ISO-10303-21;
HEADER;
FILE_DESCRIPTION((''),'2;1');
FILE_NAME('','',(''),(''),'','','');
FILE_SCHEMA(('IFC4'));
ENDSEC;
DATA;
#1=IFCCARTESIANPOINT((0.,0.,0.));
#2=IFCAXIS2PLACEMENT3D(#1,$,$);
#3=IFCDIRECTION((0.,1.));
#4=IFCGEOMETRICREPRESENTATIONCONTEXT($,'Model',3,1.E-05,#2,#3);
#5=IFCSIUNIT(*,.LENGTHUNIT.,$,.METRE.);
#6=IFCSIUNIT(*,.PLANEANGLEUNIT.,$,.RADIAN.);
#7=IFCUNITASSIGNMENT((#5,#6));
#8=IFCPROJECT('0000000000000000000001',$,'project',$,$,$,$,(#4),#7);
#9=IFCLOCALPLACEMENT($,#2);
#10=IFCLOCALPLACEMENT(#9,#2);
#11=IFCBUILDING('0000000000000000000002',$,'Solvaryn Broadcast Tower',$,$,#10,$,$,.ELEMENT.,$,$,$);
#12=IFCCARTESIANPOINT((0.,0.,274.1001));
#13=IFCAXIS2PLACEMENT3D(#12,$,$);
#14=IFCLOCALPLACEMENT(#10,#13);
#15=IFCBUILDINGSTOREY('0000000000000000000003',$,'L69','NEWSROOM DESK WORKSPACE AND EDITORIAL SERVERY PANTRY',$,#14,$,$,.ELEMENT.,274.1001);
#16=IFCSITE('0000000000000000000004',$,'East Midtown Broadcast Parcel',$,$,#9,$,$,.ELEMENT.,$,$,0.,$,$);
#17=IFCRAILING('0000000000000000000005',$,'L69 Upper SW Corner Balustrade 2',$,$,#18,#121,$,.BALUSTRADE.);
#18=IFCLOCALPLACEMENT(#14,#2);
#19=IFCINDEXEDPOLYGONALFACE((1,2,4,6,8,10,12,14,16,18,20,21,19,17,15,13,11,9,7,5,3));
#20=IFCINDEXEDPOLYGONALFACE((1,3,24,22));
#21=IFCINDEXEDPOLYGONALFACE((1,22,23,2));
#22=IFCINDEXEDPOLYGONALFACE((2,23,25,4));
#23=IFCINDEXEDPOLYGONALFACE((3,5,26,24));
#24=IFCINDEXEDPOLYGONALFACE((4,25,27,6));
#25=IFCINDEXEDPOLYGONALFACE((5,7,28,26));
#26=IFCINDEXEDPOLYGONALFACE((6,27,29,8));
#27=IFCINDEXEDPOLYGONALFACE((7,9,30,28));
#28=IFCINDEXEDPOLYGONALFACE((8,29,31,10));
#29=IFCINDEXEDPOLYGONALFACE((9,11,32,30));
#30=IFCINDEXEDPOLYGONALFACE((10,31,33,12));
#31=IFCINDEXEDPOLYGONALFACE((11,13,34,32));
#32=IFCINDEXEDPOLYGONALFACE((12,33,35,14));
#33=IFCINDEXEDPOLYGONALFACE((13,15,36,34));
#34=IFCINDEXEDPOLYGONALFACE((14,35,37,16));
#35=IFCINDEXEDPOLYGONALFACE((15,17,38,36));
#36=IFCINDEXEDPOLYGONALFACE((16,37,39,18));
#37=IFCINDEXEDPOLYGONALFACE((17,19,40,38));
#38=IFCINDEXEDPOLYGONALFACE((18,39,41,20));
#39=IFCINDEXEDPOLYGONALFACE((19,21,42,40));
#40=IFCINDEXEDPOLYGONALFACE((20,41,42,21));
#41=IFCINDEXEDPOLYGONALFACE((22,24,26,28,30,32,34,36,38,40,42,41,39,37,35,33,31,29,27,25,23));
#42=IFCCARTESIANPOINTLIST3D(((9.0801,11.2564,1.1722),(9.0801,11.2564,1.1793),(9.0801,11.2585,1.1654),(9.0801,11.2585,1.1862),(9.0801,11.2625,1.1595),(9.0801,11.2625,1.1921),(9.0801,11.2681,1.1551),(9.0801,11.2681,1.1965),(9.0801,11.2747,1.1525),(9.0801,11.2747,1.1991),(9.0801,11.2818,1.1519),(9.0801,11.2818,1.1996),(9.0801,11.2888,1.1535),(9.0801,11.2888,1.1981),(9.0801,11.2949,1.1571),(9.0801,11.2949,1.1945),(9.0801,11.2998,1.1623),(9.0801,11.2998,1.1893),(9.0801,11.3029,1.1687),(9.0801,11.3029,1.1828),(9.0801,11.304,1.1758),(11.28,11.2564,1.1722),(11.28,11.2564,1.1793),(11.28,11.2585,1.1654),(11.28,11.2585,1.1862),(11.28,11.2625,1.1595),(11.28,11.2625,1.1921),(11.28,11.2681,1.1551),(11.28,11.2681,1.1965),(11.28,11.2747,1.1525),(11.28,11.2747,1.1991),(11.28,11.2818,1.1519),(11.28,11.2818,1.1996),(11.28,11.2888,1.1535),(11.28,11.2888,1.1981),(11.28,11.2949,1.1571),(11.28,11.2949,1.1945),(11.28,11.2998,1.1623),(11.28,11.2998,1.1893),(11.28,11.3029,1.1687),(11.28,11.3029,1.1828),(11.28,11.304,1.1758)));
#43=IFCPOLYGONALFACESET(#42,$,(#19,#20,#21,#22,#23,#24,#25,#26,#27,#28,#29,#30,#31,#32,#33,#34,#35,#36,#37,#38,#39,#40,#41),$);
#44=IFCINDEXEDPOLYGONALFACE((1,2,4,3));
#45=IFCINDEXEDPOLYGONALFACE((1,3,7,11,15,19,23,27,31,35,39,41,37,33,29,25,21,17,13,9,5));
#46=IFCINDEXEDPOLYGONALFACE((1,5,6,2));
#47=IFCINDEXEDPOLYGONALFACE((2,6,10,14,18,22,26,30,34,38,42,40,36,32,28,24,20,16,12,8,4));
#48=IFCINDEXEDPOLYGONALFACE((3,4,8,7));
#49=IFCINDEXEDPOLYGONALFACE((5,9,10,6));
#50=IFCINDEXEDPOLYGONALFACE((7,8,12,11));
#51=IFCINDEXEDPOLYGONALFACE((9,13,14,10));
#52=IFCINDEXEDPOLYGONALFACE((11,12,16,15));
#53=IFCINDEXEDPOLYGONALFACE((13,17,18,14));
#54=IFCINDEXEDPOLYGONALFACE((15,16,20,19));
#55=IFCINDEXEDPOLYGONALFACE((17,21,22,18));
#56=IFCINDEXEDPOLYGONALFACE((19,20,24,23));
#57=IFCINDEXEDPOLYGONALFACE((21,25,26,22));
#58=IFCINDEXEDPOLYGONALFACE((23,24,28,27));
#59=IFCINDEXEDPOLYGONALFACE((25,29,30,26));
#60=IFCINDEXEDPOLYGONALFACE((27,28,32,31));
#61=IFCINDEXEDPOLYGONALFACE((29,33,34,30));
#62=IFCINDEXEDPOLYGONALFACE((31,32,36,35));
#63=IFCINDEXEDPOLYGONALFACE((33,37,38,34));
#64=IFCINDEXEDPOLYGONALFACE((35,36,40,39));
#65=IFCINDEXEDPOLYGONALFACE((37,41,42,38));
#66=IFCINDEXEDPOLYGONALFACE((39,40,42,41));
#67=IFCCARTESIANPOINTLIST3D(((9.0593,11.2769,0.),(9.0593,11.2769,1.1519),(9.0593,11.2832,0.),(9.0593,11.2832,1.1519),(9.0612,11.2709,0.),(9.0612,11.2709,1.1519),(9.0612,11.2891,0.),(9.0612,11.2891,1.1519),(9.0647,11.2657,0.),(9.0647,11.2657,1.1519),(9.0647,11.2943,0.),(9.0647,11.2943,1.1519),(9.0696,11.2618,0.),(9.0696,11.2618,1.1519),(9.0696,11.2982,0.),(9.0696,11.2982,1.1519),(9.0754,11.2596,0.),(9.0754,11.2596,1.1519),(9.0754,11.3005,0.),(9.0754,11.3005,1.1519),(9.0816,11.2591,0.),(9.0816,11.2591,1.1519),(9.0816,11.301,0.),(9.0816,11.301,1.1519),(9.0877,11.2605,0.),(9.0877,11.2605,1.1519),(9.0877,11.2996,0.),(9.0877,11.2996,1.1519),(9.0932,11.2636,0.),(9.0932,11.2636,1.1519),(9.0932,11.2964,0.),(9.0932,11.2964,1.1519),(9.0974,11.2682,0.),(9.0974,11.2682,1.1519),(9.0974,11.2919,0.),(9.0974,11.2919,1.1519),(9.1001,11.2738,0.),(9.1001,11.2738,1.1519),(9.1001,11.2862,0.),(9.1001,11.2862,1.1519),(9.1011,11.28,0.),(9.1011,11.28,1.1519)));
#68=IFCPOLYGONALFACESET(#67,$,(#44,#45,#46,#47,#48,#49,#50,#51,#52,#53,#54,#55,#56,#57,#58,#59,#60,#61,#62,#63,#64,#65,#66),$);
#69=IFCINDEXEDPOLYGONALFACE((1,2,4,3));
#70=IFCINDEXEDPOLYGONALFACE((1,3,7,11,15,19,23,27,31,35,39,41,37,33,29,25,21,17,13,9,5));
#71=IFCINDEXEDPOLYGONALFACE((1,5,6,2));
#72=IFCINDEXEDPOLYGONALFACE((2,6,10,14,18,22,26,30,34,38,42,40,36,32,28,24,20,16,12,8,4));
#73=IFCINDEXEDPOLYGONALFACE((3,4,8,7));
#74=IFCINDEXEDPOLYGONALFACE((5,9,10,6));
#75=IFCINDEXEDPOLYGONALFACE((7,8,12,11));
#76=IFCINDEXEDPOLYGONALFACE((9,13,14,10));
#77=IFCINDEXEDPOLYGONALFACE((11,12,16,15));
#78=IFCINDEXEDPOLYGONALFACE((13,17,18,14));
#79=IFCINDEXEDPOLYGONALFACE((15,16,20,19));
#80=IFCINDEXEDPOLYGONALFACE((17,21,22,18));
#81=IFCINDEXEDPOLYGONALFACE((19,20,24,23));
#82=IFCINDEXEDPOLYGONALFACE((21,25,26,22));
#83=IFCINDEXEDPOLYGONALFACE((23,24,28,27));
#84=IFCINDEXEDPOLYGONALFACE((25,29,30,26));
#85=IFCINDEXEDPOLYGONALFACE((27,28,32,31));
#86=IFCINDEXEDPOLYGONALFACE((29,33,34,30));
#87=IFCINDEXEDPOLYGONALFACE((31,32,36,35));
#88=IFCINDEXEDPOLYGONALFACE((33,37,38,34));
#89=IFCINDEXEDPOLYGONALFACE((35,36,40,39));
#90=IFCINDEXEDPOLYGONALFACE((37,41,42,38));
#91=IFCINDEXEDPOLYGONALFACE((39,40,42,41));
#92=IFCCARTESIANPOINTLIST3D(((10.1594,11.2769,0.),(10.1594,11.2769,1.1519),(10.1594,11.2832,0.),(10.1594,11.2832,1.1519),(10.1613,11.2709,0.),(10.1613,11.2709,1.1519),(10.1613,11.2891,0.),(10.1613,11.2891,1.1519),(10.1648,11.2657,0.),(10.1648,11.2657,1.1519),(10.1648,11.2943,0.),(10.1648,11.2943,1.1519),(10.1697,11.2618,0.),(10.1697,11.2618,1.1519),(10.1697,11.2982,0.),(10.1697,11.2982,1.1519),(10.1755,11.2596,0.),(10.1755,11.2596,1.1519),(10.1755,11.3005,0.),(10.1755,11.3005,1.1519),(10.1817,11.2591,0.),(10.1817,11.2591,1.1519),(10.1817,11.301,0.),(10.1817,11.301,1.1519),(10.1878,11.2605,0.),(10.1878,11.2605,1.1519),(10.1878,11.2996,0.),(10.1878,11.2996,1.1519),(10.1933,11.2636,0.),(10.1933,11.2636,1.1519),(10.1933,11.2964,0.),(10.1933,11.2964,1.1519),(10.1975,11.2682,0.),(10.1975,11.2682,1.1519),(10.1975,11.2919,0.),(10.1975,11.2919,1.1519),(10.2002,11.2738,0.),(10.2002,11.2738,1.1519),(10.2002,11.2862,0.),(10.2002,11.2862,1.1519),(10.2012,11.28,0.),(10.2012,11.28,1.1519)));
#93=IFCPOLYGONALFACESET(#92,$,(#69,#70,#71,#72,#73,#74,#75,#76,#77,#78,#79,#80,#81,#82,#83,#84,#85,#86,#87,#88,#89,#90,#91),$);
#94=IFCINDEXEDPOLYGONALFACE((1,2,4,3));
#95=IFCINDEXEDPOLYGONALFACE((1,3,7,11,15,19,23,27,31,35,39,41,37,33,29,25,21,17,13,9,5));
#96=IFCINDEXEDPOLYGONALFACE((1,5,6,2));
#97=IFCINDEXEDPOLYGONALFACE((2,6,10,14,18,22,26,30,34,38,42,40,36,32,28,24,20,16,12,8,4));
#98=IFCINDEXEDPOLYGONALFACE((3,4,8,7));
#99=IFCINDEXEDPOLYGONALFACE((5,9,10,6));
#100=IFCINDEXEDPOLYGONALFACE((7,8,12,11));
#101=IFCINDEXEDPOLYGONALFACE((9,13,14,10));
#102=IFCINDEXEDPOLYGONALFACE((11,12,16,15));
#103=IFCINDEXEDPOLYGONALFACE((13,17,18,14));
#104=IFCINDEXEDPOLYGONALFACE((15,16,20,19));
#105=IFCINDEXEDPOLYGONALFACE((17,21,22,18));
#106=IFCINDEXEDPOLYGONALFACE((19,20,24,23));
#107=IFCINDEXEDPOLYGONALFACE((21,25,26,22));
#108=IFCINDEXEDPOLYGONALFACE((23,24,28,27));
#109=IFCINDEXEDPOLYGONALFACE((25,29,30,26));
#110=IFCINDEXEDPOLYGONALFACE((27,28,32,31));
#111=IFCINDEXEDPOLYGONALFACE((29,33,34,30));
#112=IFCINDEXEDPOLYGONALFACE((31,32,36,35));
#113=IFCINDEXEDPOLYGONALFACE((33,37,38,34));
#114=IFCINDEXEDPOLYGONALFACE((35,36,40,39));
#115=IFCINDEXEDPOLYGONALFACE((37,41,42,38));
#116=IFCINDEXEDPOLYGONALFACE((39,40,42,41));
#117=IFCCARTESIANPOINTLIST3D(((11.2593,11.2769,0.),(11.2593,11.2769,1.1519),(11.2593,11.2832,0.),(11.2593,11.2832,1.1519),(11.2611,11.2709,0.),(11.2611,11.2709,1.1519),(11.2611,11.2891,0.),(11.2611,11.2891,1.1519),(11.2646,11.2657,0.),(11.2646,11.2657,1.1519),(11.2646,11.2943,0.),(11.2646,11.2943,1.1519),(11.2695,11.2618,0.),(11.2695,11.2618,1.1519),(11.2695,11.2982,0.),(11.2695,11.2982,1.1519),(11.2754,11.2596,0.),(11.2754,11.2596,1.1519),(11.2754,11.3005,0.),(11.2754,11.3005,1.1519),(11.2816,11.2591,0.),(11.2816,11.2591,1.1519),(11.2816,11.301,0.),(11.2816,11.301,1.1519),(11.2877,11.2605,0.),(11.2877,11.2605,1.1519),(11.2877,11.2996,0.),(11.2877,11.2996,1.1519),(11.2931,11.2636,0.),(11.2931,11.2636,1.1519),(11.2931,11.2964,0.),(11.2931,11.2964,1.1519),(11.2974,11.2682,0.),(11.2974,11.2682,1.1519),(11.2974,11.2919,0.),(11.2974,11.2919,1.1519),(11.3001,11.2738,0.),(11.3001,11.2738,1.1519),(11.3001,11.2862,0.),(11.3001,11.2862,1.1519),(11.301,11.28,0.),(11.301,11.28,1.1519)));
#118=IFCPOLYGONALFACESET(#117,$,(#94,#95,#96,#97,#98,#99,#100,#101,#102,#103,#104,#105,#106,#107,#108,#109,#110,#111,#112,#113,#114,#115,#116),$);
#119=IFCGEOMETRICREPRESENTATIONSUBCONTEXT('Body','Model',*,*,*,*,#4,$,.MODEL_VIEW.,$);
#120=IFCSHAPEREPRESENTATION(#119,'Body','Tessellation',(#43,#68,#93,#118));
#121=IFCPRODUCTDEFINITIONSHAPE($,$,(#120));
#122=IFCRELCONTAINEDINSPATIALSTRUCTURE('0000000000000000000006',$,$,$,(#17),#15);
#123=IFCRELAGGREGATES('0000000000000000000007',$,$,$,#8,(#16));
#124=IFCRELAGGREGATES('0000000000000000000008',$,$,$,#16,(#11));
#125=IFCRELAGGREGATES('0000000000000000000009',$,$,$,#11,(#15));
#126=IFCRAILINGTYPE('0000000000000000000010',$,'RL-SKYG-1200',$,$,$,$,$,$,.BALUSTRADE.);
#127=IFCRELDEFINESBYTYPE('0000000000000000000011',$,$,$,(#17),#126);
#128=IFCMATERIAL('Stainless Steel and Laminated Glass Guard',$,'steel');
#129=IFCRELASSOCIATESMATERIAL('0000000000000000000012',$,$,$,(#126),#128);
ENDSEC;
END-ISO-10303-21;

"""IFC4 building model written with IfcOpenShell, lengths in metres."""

from ifc_helpers import new_model, si_unit, direction, frame, origin, origin_2d, place, context, subcontext, project, spatial, circle, extrude, material, type_object, element, save


model = new_model("IFC4")

# Units and contexts
model_context = context("Model", 3, precision=1e-05, world=origin(), true_north=direction((0.0, 1.0)))
body_context = subcontext(model_context, "Body", "Model", "MODEL_VIEW")
ifc_project = project(units=[si_unit("LENGTHUNIT", "METRE"), si_unit("PLANEANGLEUNIT", "RADIAN")], contexts=[model_context])

# Site, building, storey
site_placement = place(None, origin())
site = spatial("IfcSite", under=ifc_project, at=site_placement, Name="East Midtown Broadcast Parcel", CompositionType="ELEMENT", RefElevation=0.0)
building_placement = place(site_placement, origin())
building = spatial("IfcBuilding", under=site, at=building_placement, Name="Solvaryn Broadcast Tower", CompositionType="ELEMENT")
storey_placement = place(building_placement, frame((0.0, 0.0, 274.1001)))
storey = spatial("IfcBuildingStorey", under=building, at=storey_placement, Name="L69", Description="NEWSROOM DESK WORKSPACE AND EDITORIAL SERVERY PANTRY", CompositionType="ELEMENT", Elevation=274.1001)

# Railing
ifc_material_1 = material(Name="Stainless Steel and Laminated Glass Guard", Category="steel")
railing_type = type_object("IfcRailingType", Name="RL-SKYG-1200", PredefinedType="BALUSTRADE", material=ifc_material_1)
railing_1_placement = place(storey_placement, frame((9.0801, 11.28, 0.0)))
element("IfcRailing", 1, at=railing_1_placement, inside=storey, type_object=railing_type, Name="L69 Upper SW Corner Balustrade 2", PredefinedType="BALUSTRADE", context=body_context, shape_type="SweptSolid", body=[
    extrude(circle(Radius=0.0239, at=origin_2d()), frame((0.0, 0.0, 1.1758), z_axis=(1.0, 0.0, 0.0), x_axis=(0.0, 1.0, 0.0)), (0.0, 0.0, 1.0), 2.2),
    extrude(circle(Radius=0.021, at=origin_2d()), origin(), (0.0, 0.0, 1.0), 1.1519),
    extrude(circle(Radius=0.021, at=origin_2d()), frame((1.1001, 0.0, 0.0)), (0.0, 0.0, 1.0), 1.1519),
    extrude(circle(Radius=0.021, at=origin_2d()), frame((2.2, 0.0, 0.0)), (0.0, 0.0, 1.0), 1.1519),
])

save(model, "model.ifc")
